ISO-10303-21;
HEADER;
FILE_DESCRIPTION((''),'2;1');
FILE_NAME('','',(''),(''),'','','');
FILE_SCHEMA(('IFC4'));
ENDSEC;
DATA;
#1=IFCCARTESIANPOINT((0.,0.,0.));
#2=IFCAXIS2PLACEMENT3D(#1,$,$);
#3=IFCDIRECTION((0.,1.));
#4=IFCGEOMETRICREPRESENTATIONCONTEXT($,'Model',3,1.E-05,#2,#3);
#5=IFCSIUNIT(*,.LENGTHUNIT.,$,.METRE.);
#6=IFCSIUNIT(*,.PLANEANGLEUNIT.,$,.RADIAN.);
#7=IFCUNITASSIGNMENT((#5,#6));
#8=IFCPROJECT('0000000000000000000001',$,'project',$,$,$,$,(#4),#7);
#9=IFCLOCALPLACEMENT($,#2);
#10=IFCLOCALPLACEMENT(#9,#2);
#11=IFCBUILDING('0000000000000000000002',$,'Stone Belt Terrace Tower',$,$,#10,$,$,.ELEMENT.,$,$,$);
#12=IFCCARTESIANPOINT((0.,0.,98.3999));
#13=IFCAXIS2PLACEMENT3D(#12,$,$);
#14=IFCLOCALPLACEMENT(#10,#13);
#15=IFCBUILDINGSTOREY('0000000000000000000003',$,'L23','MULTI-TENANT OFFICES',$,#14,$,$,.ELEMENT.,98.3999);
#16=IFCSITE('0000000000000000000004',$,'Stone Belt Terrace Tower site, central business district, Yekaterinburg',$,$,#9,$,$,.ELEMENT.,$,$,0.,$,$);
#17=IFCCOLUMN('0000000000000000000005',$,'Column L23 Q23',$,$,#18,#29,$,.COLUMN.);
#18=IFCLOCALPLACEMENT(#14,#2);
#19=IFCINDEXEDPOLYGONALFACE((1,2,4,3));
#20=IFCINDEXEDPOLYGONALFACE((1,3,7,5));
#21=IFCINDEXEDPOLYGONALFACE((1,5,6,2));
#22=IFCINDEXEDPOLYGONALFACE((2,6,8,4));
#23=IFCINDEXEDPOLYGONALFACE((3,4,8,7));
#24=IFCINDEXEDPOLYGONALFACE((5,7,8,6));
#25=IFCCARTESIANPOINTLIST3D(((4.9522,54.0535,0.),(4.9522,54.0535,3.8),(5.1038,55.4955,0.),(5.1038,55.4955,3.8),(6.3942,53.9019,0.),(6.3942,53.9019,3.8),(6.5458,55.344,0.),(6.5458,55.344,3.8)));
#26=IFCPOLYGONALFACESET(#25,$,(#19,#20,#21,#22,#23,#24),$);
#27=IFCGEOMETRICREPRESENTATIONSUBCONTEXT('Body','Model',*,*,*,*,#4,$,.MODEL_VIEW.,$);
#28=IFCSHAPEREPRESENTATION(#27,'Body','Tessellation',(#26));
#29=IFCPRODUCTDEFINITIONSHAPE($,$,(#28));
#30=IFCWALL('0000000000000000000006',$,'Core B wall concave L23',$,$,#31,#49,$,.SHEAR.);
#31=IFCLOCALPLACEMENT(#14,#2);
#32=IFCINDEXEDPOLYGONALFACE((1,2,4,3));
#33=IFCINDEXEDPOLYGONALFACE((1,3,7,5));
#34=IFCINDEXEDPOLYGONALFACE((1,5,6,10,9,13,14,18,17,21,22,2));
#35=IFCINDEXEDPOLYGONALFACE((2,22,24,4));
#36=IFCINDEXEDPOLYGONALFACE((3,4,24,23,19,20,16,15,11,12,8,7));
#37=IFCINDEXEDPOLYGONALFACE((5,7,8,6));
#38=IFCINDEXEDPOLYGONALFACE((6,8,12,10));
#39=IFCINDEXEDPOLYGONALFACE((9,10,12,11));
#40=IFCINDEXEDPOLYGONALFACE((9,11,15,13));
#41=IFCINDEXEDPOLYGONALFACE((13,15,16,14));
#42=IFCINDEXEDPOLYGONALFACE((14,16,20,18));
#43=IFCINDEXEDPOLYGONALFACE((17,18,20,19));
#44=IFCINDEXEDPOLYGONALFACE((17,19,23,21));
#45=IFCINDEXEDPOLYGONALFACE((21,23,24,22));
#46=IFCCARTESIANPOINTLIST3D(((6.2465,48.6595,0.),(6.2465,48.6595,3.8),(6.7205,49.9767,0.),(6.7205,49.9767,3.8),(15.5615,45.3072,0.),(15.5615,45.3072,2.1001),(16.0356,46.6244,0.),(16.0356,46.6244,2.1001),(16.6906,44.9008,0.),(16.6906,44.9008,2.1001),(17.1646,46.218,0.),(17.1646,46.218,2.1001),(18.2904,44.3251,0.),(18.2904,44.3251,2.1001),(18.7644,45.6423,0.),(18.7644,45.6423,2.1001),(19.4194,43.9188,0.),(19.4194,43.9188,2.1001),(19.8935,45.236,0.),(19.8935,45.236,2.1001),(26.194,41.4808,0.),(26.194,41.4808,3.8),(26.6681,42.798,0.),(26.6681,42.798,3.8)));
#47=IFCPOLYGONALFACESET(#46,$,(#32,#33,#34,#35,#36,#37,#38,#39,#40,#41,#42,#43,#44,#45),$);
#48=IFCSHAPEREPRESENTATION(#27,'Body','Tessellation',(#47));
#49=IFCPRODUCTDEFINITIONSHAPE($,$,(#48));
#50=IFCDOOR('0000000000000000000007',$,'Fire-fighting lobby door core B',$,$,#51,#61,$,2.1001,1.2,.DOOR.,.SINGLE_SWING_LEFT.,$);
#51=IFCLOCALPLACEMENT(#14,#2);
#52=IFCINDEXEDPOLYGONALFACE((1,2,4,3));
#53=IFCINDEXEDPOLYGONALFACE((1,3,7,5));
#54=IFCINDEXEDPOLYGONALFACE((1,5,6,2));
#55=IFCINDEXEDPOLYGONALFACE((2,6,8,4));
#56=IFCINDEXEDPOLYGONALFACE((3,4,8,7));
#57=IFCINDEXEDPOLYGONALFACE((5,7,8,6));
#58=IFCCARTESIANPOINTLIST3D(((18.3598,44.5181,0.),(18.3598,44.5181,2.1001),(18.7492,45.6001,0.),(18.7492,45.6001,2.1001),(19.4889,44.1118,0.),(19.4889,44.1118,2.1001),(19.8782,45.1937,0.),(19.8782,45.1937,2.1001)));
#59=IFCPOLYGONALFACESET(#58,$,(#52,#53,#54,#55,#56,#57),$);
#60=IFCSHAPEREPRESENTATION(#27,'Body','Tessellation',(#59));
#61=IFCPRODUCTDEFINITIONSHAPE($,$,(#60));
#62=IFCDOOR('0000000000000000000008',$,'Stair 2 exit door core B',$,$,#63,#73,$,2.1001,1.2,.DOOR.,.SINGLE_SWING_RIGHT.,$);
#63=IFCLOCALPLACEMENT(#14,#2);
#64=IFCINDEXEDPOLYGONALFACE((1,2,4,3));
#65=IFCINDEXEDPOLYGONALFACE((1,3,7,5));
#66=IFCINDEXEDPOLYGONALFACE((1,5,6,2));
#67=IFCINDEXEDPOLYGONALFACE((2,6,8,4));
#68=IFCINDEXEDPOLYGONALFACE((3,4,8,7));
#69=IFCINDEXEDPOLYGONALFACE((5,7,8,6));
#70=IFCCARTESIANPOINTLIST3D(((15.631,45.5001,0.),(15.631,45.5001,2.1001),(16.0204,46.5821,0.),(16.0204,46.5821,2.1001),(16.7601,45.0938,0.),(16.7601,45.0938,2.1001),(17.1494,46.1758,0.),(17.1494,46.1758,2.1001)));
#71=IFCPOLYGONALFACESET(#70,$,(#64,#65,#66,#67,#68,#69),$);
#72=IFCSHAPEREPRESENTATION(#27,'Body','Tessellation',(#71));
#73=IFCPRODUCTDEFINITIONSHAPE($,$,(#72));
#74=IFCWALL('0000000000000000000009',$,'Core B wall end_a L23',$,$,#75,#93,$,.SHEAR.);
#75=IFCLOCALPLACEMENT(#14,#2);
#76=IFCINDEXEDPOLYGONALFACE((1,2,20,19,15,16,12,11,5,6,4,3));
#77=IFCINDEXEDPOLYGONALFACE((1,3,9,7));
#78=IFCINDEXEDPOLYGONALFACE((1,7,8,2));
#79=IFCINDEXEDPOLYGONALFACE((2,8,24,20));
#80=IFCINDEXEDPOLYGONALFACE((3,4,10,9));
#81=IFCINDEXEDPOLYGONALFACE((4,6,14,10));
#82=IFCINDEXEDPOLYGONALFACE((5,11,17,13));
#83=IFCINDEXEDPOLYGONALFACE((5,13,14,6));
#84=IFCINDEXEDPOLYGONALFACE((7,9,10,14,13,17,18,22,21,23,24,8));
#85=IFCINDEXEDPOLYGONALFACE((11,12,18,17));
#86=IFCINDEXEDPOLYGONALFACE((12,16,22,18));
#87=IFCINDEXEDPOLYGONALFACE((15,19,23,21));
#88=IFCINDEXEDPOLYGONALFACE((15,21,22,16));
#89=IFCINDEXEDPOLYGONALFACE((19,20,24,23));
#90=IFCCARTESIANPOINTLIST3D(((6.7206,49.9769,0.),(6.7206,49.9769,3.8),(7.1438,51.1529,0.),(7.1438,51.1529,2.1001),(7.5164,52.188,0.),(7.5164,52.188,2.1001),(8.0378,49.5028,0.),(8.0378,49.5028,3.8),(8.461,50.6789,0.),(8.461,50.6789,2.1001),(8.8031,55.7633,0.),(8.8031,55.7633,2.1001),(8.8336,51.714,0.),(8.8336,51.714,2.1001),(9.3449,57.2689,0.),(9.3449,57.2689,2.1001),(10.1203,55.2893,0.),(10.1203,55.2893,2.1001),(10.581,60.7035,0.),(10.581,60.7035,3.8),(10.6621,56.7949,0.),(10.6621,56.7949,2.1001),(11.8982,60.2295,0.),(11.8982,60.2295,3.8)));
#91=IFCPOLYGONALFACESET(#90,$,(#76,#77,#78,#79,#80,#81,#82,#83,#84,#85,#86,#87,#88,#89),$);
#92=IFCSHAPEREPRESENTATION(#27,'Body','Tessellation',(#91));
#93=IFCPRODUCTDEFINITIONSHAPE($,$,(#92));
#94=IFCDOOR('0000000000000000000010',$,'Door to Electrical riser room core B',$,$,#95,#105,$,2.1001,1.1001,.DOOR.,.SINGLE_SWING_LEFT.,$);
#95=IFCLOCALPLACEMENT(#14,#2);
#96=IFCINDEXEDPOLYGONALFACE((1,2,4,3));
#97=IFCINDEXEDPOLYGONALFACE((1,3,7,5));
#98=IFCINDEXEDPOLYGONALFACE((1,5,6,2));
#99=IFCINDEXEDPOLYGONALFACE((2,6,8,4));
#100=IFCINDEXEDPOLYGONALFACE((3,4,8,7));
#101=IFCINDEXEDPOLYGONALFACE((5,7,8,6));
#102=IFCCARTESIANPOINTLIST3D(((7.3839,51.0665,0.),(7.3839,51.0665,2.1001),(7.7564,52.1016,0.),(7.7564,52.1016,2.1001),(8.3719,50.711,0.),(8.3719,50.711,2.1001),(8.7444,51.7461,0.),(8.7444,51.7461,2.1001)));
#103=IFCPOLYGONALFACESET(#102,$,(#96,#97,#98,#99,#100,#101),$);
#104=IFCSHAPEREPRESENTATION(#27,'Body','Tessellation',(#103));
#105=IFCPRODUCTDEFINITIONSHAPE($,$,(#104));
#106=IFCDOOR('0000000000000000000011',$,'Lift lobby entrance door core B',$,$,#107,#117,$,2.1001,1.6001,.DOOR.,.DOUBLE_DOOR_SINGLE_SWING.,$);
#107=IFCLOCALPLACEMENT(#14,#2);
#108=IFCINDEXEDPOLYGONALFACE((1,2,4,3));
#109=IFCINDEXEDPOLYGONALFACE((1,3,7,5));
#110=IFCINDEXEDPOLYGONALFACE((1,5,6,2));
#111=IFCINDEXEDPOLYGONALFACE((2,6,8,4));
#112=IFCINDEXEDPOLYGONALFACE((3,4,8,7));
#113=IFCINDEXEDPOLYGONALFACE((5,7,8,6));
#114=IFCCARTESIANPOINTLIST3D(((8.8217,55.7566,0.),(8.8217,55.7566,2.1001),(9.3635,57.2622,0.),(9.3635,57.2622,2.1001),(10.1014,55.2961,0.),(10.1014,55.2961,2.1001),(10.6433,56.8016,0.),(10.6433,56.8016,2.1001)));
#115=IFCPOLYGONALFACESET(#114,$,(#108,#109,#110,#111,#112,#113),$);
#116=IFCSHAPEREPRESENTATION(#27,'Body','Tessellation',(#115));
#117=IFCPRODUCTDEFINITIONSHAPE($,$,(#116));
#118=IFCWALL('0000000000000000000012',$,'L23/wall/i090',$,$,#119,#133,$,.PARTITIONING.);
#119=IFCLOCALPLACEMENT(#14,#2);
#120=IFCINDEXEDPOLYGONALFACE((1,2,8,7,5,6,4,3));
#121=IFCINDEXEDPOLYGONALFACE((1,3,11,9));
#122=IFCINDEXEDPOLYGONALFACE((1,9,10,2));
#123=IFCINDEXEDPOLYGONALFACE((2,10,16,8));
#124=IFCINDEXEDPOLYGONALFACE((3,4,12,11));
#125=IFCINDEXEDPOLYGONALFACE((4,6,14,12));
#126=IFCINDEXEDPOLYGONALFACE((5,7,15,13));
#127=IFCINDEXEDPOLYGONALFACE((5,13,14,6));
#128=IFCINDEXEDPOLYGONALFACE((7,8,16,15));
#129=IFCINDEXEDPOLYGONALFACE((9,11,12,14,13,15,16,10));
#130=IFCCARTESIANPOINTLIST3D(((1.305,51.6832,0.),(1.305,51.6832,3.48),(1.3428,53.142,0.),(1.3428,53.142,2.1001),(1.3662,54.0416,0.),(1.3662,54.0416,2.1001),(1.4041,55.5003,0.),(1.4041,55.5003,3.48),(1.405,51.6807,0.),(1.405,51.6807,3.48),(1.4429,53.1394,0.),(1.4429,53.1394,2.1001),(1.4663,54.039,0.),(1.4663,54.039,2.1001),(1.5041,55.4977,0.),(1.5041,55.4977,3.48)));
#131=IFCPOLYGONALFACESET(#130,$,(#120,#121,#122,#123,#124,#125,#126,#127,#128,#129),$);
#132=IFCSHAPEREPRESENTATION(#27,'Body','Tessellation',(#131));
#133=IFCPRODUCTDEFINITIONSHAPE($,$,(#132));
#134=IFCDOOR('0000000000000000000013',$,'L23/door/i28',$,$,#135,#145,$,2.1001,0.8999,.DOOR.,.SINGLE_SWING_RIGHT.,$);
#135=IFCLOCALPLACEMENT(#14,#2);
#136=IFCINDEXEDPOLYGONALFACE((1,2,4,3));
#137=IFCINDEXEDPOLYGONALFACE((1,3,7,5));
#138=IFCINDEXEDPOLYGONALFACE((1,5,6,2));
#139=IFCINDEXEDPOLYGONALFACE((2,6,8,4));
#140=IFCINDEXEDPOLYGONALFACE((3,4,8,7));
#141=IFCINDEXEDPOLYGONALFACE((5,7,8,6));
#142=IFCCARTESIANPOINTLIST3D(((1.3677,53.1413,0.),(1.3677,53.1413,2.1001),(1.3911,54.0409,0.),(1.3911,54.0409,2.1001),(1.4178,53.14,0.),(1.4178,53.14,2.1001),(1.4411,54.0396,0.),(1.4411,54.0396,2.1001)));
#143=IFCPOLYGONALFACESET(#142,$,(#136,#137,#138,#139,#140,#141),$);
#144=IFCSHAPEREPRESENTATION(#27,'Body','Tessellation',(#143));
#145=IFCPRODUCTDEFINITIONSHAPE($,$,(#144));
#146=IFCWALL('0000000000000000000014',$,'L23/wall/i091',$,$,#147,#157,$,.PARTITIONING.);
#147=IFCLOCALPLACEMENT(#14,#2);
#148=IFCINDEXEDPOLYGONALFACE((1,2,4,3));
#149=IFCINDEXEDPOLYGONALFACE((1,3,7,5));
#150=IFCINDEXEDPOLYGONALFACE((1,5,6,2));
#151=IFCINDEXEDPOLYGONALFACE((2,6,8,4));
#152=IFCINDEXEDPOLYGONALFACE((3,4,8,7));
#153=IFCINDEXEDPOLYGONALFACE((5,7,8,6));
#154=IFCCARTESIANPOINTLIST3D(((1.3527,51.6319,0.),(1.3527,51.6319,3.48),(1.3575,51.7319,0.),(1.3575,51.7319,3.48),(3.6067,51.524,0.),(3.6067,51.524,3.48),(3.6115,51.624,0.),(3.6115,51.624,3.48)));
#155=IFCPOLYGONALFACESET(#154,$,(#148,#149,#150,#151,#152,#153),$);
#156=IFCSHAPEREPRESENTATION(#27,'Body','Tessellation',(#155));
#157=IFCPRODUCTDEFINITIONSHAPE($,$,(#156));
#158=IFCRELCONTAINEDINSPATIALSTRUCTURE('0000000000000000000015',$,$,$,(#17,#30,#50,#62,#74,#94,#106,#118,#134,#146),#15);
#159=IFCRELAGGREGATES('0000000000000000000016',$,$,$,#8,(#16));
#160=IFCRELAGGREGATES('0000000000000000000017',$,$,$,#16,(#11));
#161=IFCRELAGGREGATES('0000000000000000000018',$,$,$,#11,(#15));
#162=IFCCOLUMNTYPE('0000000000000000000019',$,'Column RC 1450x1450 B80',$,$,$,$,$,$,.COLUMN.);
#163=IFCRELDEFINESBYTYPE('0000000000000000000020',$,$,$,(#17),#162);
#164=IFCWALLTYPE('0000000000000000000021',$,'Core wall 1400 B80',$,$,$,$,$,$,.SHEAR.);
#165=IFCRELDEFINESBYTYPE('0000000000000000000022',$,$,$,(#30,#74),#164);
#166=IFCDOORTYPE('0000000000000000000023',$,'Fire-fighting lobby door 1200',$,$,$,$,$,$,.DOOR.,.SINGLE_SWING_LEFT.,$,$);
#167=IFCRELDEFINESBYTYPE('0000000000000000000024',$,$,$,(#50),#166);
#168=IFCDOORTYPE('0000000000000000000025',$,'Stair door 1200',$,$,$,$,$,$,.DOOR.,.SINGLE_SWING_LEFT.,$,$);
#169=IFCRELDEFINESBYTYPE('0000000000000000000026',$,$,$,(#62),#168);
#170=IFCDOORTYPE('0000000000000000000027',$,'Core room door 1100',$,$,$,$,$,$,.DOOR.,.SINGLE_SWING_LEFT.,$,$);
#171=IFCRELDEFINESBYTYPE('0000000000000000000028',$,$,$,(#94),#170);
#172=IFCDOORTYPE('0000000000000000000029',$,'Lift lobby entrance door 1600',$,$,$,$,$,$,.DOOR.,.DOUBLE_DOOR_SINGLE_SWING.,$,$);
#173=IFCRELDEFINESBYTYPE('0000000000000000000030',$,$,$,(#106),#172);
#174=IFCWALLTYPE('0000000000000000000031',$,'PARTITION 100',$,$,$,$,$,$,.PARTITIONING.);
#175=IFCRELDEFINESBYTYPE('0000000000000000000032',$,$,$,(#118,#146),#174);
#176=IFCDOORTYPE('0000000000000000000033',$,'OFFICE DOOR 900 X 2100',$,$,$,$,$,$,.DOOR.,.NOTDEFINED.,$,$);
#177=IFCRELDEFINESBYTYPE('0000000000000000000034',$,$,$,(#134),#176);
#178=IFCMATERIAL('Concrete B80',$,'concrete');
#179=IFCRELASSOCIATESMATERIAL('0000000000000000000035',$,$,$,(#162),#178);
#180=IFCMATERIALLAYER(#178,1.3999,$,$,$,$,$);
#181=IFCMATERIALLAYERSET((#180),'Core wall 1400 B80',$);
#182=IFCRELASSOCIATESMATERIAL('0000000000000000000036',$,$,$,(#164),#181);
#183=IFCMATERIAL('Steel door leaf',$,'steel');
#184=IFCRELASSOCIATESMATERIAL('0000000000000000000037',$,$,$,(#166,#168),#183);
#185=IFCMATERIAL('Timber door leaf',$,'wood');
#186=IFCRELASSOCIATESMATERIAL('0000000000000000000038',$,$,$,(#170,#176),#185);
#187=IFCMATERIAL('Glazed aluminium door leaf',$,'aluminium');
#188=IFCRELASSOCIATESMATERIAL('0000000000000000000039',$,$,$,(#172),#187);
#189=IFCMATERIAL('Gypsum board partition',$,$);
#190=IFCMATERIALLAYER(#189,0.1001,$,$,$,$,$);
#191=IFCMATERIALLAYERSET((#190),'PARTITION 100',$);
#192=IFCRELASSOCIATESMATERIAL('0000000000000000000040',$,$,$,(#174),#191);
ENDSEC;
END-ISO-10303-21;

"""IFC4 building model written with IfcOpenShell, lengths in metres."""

from ifc_helpers import new_model, si_unit, direction, frame, frame_2d, origin, origin_2d, place, context, subcontext, project, spatial, rectangle, extrude, material, layer, layer_set, material_profile, profile_set, type_object, element, fill, save


model = new_model("IFC4")

# Units and contexts
model_context = context("Model", 3, precision=1e-05, world=origin(), true_north=direction((0.0, 1.0)))
body_context = subcontext(model_context, "Body", "Model", "MODEL_VIEW")
ifc_project = project(units=[si_unit("LENGTHUNIT", "METRE"), si_unit("PLANEANGLEUNIT", "RADIAN")], contexts=[model_context])

# Site, building, storey
site_placement = place(None, origin())
site = spatial("IfcSite", under=ifc_project, at=site_placement, Name="Stone Belt Terrace Tower site, central business district, Yekaterinburg", CompositionType="ELEMENT", RefElevation=0.0)
building_placement = place(site_placement, origin())
building = spatial("IfcBuilding", under=site, at=building_placement, Name="Stone Belt Terrace Tower", CompositionType="ELEMENT")
storey_placement = place(building_placement, frame((0.0, 0.0, 98.3999)))
storey = spatial("IfcBuildingStorey", under=building, at=storey_placement, Name="L23", Description="MULTI-TENANT OFFICES", CompositionType="ELEMENT", Elevation=98.3999)

# Column
ifc_material_1 = material(Name="Concrete B80", Category="concrete")
ifc_material_profile = material_profile(ifc_material_1, rectangle(XDim=1.45, YDim=1.45, at=origin_2d()), Name="RC 1450x1450")
ifc_profile_set = profile_set([ifc_material_profile], Name="Concrete B80")
column_type = type_object("IfcColumnType", Name="Column RC 1450x1450 B80", PredefinedType="COLUMN", material=ifc_profile_set)
column_placement = place(storey_placement, frame((5.749, 54.6987, 0.0), z_axis=(0.0, 0.0, 1.0), x_axis=(0.994522, -0.104528, 0.0)))
element("IfcColumn", 1, at=column_placement, inside=storey, type_object=column_type, Name="Column L23 Q23", PredefinedType="COLUMN", context=body_context, shape_type="SweptSolid", body=[
    extrude(rectangle(XDim=1.45, YDim=1.45, at=origin_2d()), origin(), (0.0, 0.0, 1.0), 3.8),
])

# Walls, openings, doors
ifc_layer_1 = layer(ifc_material_1, 1.3999)
ifc_layer_set_1 = layer_set([ifc_layer_1], Name="Core wall 1400 B80")
wall_type_1 = type_object("IfcWallType", Name="Core wall 1400 B80", PredefinedType="SHEAR", material=ifc_layer_set_1)
wall_1_placement = place(storey_placement, frame((6.4834, 49.3181, 0.0), z_axis=(0.0, 0.0, 1.0), x_axis=(0.940923, -0.33862, 0.0)))
wall_1 = element("IfcWall", 2, at=wall_1_placement, inside=storey, type_object=wall_type_1, Name="Core B wall concave L23", PredefinedType="SHEAR", context=body_context, shape_type="SweptSolid", body=[
    extrude(rectangle(XDim=21.2, YDim=1.3999, at=frame_2d((10.6001, 0.0))), origin(), (0.0, 0.0, 1.0), 3.8),
])
opening_1_placement = place(wall_1_placement, frame((12.8, 0.0, 0.0)))
opening_1 = element("IfcOpeningElement", 3, at=opening_1_placement, cuts=wall_1, PredefinedType="OPENING", context=body_context, shape_type="SweptSolid", body=[
    extrude(rectangle(XDim=1.2, YDim=2.1001, at=frame_2d((0.6001, 1.05))), frame((0.0, 0.71, 0.0), z_axis=(0.0, -1.0, 0.0), x_axis=(1.0, 0.0, 0.0)), (0.0, 0.0, 1.0), 1.4199),
])
opening_2_placement = place(wall_1_placement, frame((9.8999, 0.0, 0.0)))
opening_2 = element("IfcOpeningElement", 4, at=opening_2_placement, cuts=wall_1, PredefinedType="OPENING", context=body_context, shape_type="SweptSolid", body=[
    extrude(rectangle(XDim=1.2, YDim=2.1001, at=frame_2d((0.6001, 1.05))), frame((0.0, 0.71, 0.0), z_axis=(0.0, -1.0, 0.0), x_axis=(1.0, 0.0, 0.0)), (0.0, 0.0, 1.0), 1.4199),
])
ifc_material_2 = material(Name="Steel door leaf", Category="steel")
door_type_1 = type_object("IfcDoorType", Name="Fire-fighting lobby door 1200", OperationType="SINGLE_SWING_LEFT", PredefinedType="DOOR", material=ifc_material_2)
door_1_placement = place(opening_1_placement, origin())
door_1 = element("IfcDoor", 5, at=door_1_placement, inside=storey, type_object=door_type_1, Name="Fire-fighting lobby door core B", OperationType="SINGLE_SWING_LEFT", OverallHeight=2.1001, OverallWidth=1.2, PredefinedType="DOOR", context=body_context, shape_type="SweptSolid", body=[
    extrude(rectangle(XDim=1.2, YDim=2.1001, at=frame_2d((0.6001, 1.05))), frame((0.0, 0.655, 0.0), z_axis=(0.0, -1.0, 0.0), x_axis=(1.0, 0.0, 0.0)), (0.0, 0.0, 1.0), 1.1499),
])
fill(opening_1, door_1)
door_type_2 = type_object("IfcDoorType", Name="Stair door 1200", OperationType="SINGLE_SWING_LEFT", PredefinedType="DOOR", material=ifc_material_2)
door_2_placement = place(opening_2_placement, origin())
door_2 = element("IfcDoor", 6, at=door_2_placement, inside=storey, type_object=door_type_2, Name="Stair 2 exit door core B", OperationType="SINGLE_SWING_RIGHT", OverallHeight=2.1001, OverallWidth=1.2, PredefinedType="DOOR", context=body_context, shape_type="SweptSolid", body=[
    extrude(rectangle(XDim=1.2, YDim=2.1001, at=frame_2d((0.6001, 1.05))), frame((0.0, 0.655, 0.0), z_axis=(0.0, -1.0, 0.0), x_axis=(1.0, 0.0, 0.0)), (0.0, 0.0, 1.0), 1.1499),
])
fill(opening_2, door_2)
wall_2_placement = place(storey_placement, frame((7.3792, 49.7397, 0.0), z_axis=(0.0, 0.0, 1.0), x_axis=(0.338625, 0.940921, 0.0)))
wall_2 = element("IfcWall", 7, at=wall_2_placement, inside=storey, type_object=wall_type_1, Name="Core B wall end_a L23", PredefinedType="SHEAR", context=body_context, shape_type="SweptSolid", body=[
    extrude(rectangle(XDim=11.4001, YDim=1.3999, at=frame_2d((5.7002, 0.0))), origin(), (0.0, 0.0, 1.0), 3.8),
])
opening_3_placement = place(wall_2_placement, frame((6.1499, 0.0, 0.0)))
opening_3 = element("IfcOpeningElement", 8, at=opening_3_placement, cuts=wall_2, PredefinedType="OPENING", context=body_context, shape_type="SweptSolid", body=[
    extrude(rectangle(XDim=1.6001, YDim=2.1001, at=frame_2d((0.8, 1.05))), frame((0.0, 0.71, 0.0), z_axis=(0.0, -1.0, 0.0), x_axis=(1.0, 0.0, 0.0)), (0.0, 0.0, 1.0), 1.4199),
])
opening_4_placement = place(wall_2_placement, frame((1.25, 0.0, 0.0)))
opening_4 = element("IfcOpeningElement", 9, at=opening_4_placement, cuts=wall_2, PredefinedType="OPENING", context=body_context, shape_type="SweptSolid", body=[
    extrude(rectangle(XDim=1.1001, YDim=2.1001, at=frame_2d((0.55, 1.05))), frame((0.0, 0.71, 0.0), z_axis=(0.0, -1.0, 0.0), x_axis=(1.0, 0.0, 0.0)), (0.0, 0.0, 1.0), 1.4199),
])
ifc_material_3 = material(Name="Timber door leaf", Category="wood")
door_type_3 = type_object("IfcDoorType", Name="Core room door 1100", OperationType="SINGLE_SWING_LEFT", PredefinedType="DOOR", material=ifc_material_3)
door_3_placement = place(opening_4_placement, origin())
door_3 = element("IfcDoor", 10, at=door_3_placement, inside=storey, type_object=door_type_3, Name="Door to Electrical riser room core B", OperationType="SINGLE_SWING_LEFT", OverallHeight=2.1001, OverallWidth=1.1001, PredefinedType="DOOR", context=body_context, shape_type="SweptSolid", body=[
    extrude(rectangle(XDim=1.1001, YDim=2.1001, at=frame_2d((0.55, 1.05))), frame((0.0, 0.4448, 0.0), z_axis=(0.0, -1.0, 0.0), x_axis=(1.0, 0.0, 0.0)), (0.0, 0.0, 1.0), 1.05),
])
fill(opening_4, door_3)
ifc_material_4 = material(Name="Glazed aluminium door leaf", Category="aluminium")
door_type_4 = type_object("IfcDoorType", Name="Lift lobby entrance door 1600", OperationType="DOUBLE_DOOR_SINGLE_SWING", PredefinedType="DOOR", material=ifc_material_4)
door_4_placement = place(opening_3_placement, origin())
door_4 = element("IfcDoor", 11, at=door_4_placement, inside=storey, type_object=door_type_4, Name="Lift lobby entrance door core B", OperationType="DOUBLE_DOOR_SINGLE_SWING", OverallHeight=2.1001, OverallWidth=1.6001, PredefinedType="DOOR", context=body_context, shape_type="SweptSolid", body=[
    extrude(rectangle(XDim=1.6001, YDim=2.1001, at=frame_2d((0.8, 1.05))), frame((0.0, 0.6802, 0.0), z_axis=(0.0, -1.0, 0.0), x_axis=(1.0, 0.0, 0.0)), (0.0, 0.0, 1.0), 1.3601),
])
fill(opening_3, door_4)

# Wall, opening, door
ifc_material_5 = material(Name="Gypsum board partition")
ifc_layer_2 = layer(ifc_material_5, 0.1001)
ifc_layer_set_2 = layer_set([ifc_layer_2], Name="PARTITION 100")
wall_type_2 = type_object("IfcWallType", Name="PARTITION 100", PredefinedType="PARTITIONING", material=ifc_layer_set_2)
wall_3_placement = place(storey_placement, frame((1.4541, 55.499, 0.0), z_axis=(0.0, 0.0, 1.0), x_axis=(-0.025959, -0.999663, 0.0)))
wall_3 = element("IfcWall", 12, at=wall_3_placement, inside=storey, type_object=wall_type_2, Name="L23/wall/i090", PredefinedType="PARTITIONING", context=body_context, shape_type="SweptSolid", body=[
    extrude(rectangle(XDim=3.8184, YDim=0.1001, at=frame_2d((1.9092, 0.0))), origin(), (0.0, 0.0, 1.0), 3.48),
])
opening_5_placement = place(wall_3_placement, frame((1.4592, 0.0, 0.0)))
opening_5 = element("IfcOpeningElement", 13, at=opening_5_placement, cuts=wall_3, PredefinedType="OPENING", context=body_context, shape_type="SweptSolid", body=[
    extrude(rectangle(XDim=0.8999, YDim=2.1001, at=frame_2d((0.45, 1.05))), frame((0.0, 0.0601, 0.0), z_axis=(0.0, -1.0, 0.0), x_axis=(1.0, 0.0, 0.0)), (0.0, 0.0, 1.0), 0.1201),
])
door_type_5 = type_object("IfcDoorType", Name="OFFICE DOOR 900 X 2100", OperationType="NOTDEFINED", PredefinedType="DOOR", material=ifc_material_3)
door_5_placement = place(opening_5_placement, origin())
door_5 = element("IfcDoor", 14, at=door_5_placement, inside=storey, type_object=door_type_5, Name="L23/door/i28", OperationType="SINGLE_SWING_RIGHT", OverallHeight=2.1001, OverallWidth=0.8999, PredefinedType="DOOR", context=body_context, shape_type="SweptSolid", body=[
    extrude(rectangle(XDim=0.8999, YDim=2.1001, at=frame_2d((0.45, 1.05))), frame((0.0, 0.0249, 0.0), z_axis=(0.0, -1.0, 0.0), x_axis=(1.0, 0.0, 0.0)), (0.0, 0.0, 1.0), 0.05),
])
fill(opening_5, door_5)

# Wall
wall_4_placement = place(storey_placement, frame((1.355, 51.6819, 0.0), z_axis=(0.0, 0.0, 1.0), x_axis=(0.998856, -0.047822, 0.0)))
element("IfcWall", 15, at=wall_4_placement, inside=storey, type_object=wall_type_2, Name="L23/wall/i091", PredefinedType="PARTITIONING", context=body_context, shape_type="SweptSolid", body=[
    extrude(rectangle(XDim=2.2566, YDim=0.1001, at=frame_2d((1.1284, 0.0))), origin(), (0.0, 0.0, 1.0), 3.48),
])

save(model, "model.ifc")
